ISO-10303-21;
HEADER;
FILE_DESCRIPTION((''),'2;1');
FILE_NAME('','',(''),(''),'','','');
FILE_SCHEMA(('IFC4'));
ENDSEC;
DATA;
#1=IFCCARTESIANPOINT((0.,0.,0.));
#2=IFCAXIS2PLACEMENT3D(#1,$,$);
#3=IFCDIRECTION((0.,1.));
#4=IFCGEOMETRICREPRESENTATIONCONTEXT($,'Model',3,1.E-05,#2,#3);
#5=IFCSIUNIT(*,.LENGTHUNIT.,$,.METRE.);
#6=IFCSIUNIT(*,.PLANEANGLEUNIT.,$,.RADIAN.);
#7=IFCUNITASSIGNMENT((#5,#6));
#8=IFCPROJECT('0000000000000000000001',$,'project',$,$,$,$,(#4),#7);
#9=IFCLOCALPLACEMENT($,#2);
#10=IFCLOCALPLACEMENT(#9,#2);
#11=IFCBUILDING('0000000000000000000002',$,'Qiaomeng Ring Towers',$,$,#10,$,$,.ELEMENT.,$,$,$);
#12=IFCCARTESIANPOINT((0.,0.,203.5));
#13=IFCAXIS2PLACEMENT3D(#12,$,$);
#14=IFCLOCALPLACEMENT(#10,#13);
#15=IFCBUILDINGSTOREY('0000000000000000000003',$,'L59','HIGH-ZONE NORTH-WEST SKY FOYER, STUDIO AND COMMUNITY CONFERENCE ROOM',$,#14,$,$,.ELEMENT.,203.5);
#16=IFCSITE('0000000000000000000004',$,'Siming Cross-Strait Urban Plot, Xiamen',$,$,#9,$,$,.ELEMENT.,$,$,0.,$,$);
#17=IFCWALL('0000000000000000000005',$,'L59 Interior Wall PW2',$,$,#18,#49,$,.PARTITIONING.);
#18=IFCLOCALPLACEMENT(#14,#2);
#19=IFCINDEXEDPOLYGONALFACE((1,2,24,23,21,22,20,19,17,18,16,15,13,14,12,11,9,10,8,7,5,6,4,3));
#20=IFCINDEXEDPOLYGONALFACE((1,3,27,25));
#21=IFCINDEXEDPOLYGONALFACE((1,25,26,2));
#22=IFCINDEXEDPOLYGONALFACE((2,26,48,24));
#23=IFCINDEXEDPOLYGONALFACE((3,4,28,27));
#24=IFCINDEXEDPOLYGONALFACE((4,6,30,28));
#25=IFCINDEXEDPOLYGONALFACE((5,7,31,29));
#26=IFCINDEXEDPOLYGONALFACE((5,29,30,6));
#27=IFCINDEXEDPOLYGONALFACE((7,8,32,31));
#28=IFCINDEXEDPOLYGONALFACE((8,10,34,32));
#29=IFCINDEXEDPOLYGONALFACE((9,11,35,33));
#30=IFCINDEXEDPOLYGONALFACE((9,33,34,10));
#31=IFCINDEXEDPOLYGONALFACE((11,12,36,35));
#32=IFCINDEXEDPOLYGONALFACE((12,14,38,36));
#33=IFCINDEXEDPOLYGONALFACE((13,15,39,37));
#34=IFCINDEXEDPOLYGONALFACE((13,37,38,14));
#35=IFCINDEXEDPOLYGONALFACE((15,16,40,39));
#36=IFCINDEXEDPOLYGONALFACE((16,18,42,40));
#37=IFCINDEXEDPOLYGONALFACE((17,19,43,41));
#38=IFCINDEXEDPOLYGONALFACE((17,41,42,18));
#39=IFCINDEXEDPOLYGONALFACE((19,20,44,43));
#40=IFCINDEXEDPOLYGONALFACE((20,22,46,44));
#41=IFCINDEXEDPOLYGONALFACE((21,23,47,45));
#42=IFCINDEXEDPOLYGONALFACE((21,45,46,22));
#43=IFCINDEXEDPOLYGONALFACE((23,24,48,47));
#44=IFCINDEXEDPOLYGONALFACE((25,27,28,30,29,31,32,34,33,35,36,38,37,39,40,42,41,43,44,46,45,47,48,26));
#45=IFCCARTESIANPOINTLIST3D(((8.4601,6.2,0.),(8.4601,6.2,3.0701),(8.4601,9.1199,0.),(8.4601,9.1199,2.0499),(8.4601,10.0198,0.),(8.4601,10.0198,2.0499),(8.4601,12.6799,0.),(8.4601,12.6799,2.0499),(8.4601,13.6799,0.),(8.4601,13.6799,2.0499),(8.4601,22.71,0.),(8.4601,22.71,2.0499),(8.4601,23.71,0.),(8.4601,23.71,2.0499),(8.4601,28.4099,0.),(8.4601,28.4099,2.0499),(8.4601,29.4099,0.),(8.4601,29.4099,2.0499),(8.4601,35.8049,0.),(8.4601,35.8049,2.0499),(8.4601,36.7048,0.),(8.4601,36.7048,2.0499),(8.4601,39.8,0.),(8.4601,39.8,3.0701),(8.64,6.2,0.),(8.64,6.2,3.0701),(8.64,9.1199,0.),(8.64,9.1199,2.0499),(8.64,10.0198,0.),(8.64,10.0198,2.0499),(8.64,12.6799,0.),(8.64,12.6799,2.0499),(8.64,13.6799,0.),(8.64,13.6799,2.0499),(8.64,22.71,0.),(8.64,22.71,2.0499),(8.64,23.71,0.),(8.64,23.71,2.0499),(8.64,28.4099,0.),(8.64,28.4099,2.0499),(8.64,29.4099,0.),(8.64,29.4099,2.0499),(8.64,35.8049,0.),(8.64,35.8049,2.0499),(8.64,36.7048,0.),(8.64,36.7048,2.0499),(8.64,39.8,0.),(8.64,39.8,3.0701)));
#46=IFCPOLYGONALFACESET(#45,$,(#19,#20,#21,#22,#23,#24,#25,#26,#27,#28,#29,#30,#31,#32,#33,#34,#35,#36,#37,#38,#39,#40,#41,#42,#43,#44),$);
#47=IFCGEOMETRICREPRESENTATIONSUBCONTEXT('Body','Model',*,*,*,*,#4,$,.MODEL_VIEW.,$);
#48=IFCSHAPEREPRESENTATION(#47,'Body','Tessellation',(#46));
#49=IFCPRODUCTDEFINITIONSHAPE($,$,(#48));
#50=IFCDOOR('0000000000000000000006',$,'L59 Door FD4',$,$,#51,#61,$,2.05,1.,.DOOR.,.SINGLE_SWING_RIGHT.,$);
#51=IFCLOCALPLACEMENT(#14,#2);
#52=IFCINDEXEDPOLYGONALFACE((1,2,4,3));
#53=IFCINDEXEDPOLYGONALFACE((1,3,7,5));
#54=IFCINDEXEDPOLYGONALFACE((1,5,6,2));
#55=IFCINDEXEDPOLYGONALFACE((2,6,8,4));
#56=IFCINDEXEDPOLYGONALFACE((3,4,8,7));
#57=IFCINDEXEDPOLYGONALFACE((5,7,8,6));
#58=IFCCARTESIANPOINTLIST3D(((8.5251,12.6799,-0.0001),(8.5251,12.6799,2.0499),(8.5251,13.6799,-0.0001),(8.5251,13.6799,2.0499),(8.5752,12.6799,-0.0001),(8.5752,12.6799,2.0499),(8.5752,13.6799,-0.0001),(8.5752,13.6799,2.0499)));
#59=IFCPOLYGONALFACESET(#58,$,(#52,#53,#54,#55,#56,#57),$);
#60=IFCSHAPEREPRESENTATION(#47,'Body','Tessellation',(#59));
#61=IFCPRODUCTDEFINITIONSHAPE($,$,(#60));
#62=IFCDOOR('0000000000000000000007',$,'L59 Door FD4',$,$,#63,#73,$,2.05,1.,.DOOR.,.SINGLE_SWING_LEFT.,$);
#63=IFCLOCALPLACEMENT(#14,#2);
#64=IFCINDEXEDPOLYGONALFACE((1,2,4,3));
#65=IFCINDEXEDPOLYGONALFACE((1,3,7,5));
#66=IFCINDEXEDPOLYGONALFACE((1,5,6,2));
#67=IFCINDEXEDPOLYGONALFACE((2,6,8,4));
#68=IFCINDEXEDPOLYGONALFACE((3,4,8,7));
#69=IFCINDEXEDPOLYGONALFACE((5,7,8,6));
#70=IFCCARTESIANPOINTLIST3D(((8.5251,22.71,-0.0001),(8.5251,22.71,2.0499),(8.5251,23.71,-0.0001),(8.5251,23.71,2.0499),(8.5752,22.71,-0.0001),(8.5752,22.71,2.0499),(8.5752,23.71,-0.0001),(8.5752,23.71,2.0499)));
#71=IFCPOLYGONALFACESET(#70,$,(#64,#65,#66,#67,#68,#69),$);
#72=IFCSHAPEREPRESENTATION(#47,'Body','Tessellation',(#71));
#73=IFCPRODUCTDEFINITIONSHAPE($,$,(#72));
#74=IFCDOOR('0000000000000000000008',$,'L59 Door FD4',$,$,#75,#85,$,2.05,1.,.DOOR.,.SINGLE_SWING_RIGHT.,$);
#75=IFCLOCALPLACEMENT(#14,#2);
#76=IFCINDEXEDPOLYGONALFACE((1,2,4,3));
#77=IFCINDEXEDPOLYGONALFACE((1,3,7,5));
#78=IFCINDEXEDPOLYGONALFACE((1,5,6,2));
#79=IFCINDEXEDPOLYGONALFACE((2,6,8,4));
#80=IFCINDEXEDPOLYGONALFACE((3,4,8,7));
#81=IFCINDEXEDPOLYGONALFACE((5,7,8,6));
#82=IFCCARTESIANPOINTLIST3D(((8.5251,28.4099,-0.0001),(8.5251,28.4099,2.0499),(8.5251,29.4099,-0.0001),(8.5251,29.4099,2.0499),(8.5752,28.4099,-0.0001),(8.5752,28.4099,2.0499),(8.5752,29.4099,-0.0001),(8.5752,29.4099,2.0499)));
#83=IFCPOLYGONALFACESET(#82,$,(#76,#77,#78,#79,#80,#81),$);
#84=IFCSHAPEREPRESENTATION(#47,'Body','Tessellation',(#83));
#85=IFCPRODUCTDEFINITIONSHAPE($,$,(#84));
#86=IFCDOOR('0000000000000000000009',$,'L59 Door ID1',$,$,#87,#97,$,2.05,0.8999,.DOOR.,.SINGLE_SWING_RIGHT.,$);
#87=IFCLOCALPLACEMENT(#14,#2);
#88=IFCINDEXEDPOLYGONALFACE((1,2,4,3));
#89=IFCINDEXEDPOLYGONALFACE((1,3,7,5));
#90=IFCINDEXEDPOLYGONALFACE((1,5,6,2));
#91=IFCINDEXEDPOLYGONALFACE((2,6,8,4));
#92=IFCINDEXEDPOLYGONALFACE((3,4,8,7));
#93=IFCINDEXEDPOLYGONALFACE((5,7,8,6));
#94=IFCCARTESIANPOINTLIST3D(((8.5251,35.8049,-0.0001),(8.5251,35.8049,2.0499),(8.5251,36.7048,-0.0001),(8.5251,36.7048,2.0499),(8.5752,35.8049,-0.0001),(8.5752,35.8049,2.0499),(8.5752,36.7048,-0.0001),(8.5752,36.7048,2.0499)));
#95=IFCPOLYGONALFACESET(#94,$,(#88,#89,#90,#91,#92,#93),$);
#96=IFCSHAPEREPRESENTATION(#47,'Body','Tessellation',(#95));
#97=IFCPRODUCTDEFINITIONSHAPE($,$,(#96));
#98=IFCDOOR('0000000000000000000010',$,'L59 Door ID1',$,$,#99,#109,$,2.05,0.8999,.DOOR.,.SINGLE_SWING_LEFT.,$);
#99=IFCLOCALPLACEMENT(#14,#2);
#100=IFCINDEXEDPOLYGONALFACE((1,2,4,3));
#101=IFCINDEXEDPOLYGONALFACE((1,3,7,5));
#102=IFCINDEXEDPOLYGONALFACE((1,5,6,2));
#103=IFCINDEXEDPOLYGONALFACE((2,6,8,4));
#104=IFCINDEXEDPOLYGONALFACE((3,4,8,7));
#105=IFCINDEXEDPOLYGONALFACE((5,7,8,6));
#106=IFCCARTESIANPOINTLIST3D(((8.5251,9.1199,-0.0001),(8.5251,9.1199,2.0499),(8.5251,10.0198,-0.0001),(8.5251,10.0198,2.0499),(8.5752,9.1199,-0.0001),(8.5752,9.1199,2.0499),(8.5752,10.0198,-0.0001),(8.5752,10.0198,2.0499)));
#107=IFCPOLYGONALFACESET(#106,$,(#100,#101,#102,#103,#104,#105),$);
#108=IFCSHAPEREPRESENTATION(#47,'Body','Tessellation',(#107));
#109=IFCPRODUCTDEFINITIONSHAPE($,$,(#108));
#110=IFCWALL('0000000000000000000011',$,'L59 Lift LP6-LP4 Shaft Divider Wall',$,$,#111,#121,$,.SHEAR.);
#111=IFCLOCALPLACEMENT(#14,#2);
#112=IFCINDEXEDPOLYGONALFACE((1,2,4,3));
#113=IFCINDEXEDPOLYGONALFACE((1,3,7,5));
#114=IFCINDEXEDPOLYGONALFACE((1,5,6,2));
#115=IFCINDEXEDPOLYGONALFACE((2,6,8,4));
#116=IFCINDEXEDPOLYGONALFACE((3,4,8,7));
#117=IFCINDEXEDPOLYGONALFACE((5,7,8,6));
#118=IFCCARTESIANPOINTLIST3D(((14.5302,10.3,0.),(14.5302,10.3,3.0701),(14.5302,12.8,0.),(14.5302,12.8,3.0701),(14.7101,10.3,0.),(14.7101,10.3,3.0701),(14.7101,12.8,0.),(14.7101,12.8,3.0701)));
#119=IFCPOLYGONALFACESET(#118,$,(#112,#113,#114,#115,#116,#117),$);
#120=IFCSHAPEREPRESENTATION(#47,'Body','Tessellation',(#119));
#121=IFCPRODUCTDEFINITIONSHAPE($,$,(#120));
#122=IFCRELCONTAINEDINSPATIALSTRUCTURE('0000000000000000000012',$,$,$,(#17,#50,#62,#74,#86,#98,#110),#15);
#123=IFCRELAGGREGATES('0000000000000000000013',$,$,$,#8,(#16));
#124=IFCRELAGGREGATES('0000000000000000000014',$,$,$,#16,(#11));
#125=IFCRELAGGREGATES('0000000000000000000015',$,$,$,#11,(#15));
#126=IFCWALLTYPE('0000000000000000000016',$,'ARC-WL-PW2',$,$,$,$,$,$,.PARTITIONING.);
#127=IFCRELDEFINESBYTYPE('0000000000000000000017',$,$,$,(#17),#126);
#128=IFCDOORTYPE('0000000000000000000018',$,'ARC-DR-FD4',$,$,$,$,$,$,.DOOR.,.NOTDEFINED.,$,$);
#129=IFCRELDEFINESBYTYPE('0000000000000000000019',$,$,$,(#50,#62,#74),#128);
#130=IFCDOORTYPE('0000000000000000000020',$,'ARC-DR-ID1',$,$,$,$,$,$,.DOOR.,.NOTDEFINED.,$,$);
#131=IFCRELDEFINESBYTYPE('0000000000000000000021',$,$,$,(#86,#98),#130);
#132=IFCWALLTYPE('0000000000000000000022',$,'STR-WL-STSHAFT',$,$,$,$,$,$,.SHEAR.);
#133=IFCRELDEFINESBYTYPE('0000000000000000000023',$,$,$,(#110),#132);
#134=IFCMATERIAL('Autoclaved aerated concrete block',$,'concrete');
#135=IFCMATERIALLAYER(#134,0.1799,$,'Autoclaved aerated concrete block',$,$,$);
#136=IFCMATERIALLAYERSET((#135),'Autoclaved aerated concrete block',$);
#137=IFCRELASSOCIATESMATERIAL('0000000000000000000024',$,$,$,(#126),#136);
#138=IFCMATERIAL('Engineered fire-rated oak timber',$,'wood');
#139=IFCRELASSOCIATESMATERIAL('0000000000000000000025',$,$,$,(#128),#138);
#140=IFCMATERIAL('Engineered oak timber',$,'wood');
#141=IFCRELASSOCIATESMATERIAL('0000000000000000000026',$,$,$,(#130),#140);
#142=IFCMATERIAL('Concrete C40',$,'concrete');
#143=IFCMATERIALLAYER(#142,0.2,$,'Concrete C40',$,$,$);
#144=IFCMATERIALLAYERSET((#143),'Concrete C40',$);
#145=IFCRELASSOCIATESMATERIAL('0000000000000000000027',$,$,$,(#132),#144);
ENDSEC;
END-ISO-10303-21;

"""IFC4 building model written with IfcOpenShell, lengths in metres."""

from ifc_helpers import new_model, si_unit, direction, frame, frame_2d, origin, place, context, subcontext, project, spatial, rectangle, extrude, source, transform, mapped, material, layer, layer_set, type_object, element, fill, save


model = new_model("IFC4")

# Units and contexts
model_context = context("Model", 3, precision=1e-05, world=origin(), true_north=direction((0.0, 1.0)))
body_context = subcontext(model_context, "Body", "Model", "MODEL_VIEW")
ifc_project = project(units=[si_unit("LENGTHUNIT", "METRE"), si_unit("PLANEANGLEUNIT", "RADIAN")], contexts=[model_context])

# Site, building, storey
site_placement = place(None, origin())
site = spatial("IfcSite", under=ifc_project, at=site_placement, Name="Siming Cross-Strait Urban Plot, Xiamen", CompositionType="ELEMENT", RefElevation=0.0)
building_placement = place(site_placement, origin())
building = spatial("IfcBuilding", under=site, at=building_placement, Name="Qiaomeng Ring Towers", CompositionType="ELEMENT")
storey_placement = place(building_placement, frame((0.0, 0.0, 203.5)))
storey = spatial("IfcBuildingStorey", under=building, at=storey_placement, Name="L59", Description="HIGH-ZONE NORTH-WEST SKY FOYER, STUDIO AND COMMUNITY CONFERENCE ROOM", CompositionType="ELEMENT", Elevation=203.5)

# Shared definitions
ifc_material_1 = material(Name="Autoclaved aerated concrete block", Category="concrete")

# Wall, openings, doors
ifc_layer_1 = layer(ifc_material_1, 0.1799, Name="Autoclaved aerated concrete block")
ifc_layer_set_1 = layer_set([ifc_layer_1], Name="Autoclaved aerated concrete block")
wall_type_1 = type_object("IfcWallType", Name="ARC-WL-PW2", PredefinedType="PARTITIONING", material=ifc_layer_set_1)
wall_1_placement = place(storey_placement, frame((8.55, 6.2, 0.0), z_axis=(0.0, 0.0, 1.0), x_axis=(0.0, 1.0, 0.0)))
wall_1 = element("IfcWall", 1, at=wall_1_placement, inside=storey, type_object=wall_type_1, Name="L59 Interior Wall PW2", PredefinedType="PARTITIONING", context=body_context, shape_type="SweptSolid", body=[
    extrude(rectangle(XDim=33.6001, YDim=0.1799, at=frame_2d((16.8, 0.0))), origin(), (0.0, 0.0, 1.0), 3.0701),
])
opening_1_placement = place(wall_1_placement, frame((29.605, 0.0, 0.0)))
opening_1 = element("IfcOpeningElement", 2, at=opening_1_placement, cuts=wall_1, PredefinedType="OPENING", context=body_context, shape_type="SweptSolid", body=[
    extrude(rectangle(XDim=0.8999, YDim=2.05, at=frame_2d((0.45, 1.0249))), frame((0.0, 0.0999, 0.0), z_axis=(0.0, -1.0, 0.0), x_axis=(1.0, 0.0, 0.0)), (0.0, 0.0, 1.0), 0.2),
])
opening_2_placement = place(wall_1_placement, frame((2.9199, 0.0, 0.0)))
opening_2 = element("IfcOpeningElement", 3, at=opening_2_placement, cuts=wall_1, PredefinedType="OPENING", context=body_context, shape_type="SweptSolid", body=[
    extrude(rectangle(XDim=0.8999, YDim=2.05, at=frame_2d((0.45, 1.0249))), frame((0.0, 0.0999, 0.0), z_axis=(0.0, -1.0, 0.0), x_axis=(1.0, 0.0, 0.0)), (0.0, 0.0, 1.0), 0.2),
])
opening_3_placement = place(wall_1_placement, frame((6.48, 0.0, 0.0)))
opening_3 = element("IfcOpeningElement", 4, at=opening_3_placement, cuts=wall_1, PredefinedType="OPENING", context=body_context, shape_type="SweptSolid", body=[
    extrude(rectangle(XDim=1.0, YDim=2.05, at=frame_2d((0.5, 1.0249))), frame((0.0, 0.0999, 0.0), z_axis=(0.0, -1.0, 0.0), x_axis=(1.0, 0.0, 0.0)), (0.0, 0.0, 1.0), 0.2),
])
opening_4_placement = place(wall_1_placement, frame((16.51, 0.0, 0.0)))
opening_4 = element("IfcOpeningElement", 5, at=opening_4_placement, cuts=wall_1, PredefinedType="OPENING", context=body_context, shape_type="SweptSolid", body=[
    extrude(rectangle(XDim=1.0, YDim=2.05, at=frame_2d((0.5, 1.0249))), frame((0.0, 0.0999, 0.0), z_axis=(0.0, -1.0, 0.0), x_axis=(1.0, 0.0, 0.0)), (0.0, 0.0, 1.0), 0.2),
])
opening_5_placement = place(wall_1_placement, frame((22.21, 0.0, 0.0)))
opening_5 = element("IfcOpeningElement", 6, at=opening_5_placement, cuts=wall_1, PredefinedType="OPENING", context=body_context, shape_type="SweptSolid", body=[
    extrude(rectangle(XDim=1.0, YDim=2.05, at=frame_2d((0.5, 1.0249))), frame((0.0, 0.0999, 0.0), z_axis=(0.0, -1.0, 0.0), x_axis=(1.0, 0.0, 0.0)), (0.0, 0.0, 1.0), 0.2),
])
ifc_material_2 = material(Name="Engineered fire-rated oak timber", Category="wood")
door_type_1 = type_object("IfcDoorType", Name="ARC-DR-FD4", OperationType="NOTDEFINED", PredefinedType="DOOR", material=ifc_material_2)
shared_shape_1 = source(origin(), body_context, "Body", "SweptSolid", [
    extrude(rectangle(XDim=1.0, YDim=2.05, at=frame_2d((0.5, 1.0249))), frame((0.0, 0.0249, 0.0), z_axis=(0.0, -1.0, 0.0), x_axis=(1.0, 0.0, 0.0)), (0.0, 0.0, 1.0), 0.05),
])
door_1_placement = place(opening_3_placement, origin())
door_1 = element("IfcDoor", 7, at=door_1_placement, inside=storey, type_object=door_type_1, Name="L59 Door FD4", OperationType="SINGLE_SWING_RIGHT", OverallHeight=2.05, OverallWidth=1.0, PredefinedType="DOOR", context=body_context, shape_type="MappedRepresentation", body=[
    mapped(shared_shape_1, transform((0.0, 0.0, 0.0), x_axis=(1.0, 0.0, 0.0), y_axis=(0.0, 1.0, 0.0), z_axis=(0.0, 0.0, 1.0), scale=1.0)),
])
fill(opening_3, door_1)
door_2_placement = place(opening_4_placement, origin())
door_2 = element("IfcDoor", 8, at=door_2_placement, inside=storey, type_object=door_type_1, Name="L59 Door FD4", OperationType="SINGLE_SWING_LEFT", OverallHeight=2.05, OverallWidth=1.0, PredefinedType="DOOR", context=body_context, shape_type="MappedRepresentation", body=[
    mapped(shared_shape_1, transform((0.0, 0.0, 0.0), x_axis=(1.0, 0.0, 0.0), y_axis=(0.0, 1.0, 0.0), z_axis=(0.0, 0.0, 1.0), scale=1.0)),
])
fill(opening_4, door_2)
door_3_placement = place(opening_5_placement, origin())
door_3 = element("IfcDoor", 9, at=door_3_placement, inside=storey, type_object=door_type_1, Name="L59 Door FD4", OperationType="SINGLE_SWING_RIGHT", OverallHeight=2.05, OverallWidth=1.0, PredefinedType="DOOR", context=body_context, shape_type="MappedRepresentation", body=[
    mapped(shared_shape_1, transform((0.0, 0.0, 0.0), x_axis=(1.0, 0.0, 0.0), y_axis=(0.0, 1.0, 0.0), z_axis=(0.0, 0.0, 1.0), scale=1.0)),
])
fill(opening_5, door_3)
ifc_material_3 = material(Name="Engineered oak timber", Category="wood")
door_type_2 = type_object("IfcDoorType", Name="ARC-DR-ID1", OperationType="NOTDEFINED", PredefinedType="DOOR", material=ifc_material_3)
shared_shape_2 = source(origin(), body_context, "Body", "SweptSolid", [
    extrude(rectangle(XDim=0.8999, YDim=2.05, at=frame_2d((0.45, 1.0249))), frame((0.0, 0.0249, 0.0), z_axis=(0.0, -1.0, 0.0), x_axis=(1.0, 0.0, 0.0)), (0.0, 0.0, 1.0), 0.05),
])
door_4_placement = place(opening_1_placement, origin())
door_4 = element("IfcDoor", 10, at=door_4_placement, inside=storey, type_object=door_type_2, Name="L59 Door ID1", OperationType="SINGLE_SWING_RIGHT", OverallHeight=2.05, OverallWidth=0.8999, PredefinedType="DOOR", context=body_context, shape_type="MappedRepresentation", body=[
    mapped(shared_shape_2, transform((0.0, 0.0, 0.0), x_axis=(1.0, 0.0, 0.0), y_axis=(0.0, 1.0, 0.0), z_axis=(0.0, 0.0, 1.0), scale=1.0)),
])
fill(opening_1, door_4)
door_5_placement = place(opening_2_placement, origin())
door_5 = element("IfcDoor", 11, at=door_5_placement, inside=storey, type_object=door_type_2, Name="L59 Door ID1", OperationType="SINGLE_SWING_LEFT", OverallHeight=2.05, OverallWidth=0.8999, PredefinedType="DOOR", context=body_context, shape_type="MappedRepresentation", body=[
    mapped(shared_shape_2, transform((0.0, 0.0, 0.0), x_axis=(1.0, 0.0, 0.0), y_axis=(0.0, 1.0, 0.0), z_axis=(0.0, 0.0, 1.0), scale=1.0)),
])
fill(opening_2, door_5)

# Wall
ifc_material_4 = material(Name="Concrete C40", Category="concrete")
ifc_layer_2 = layer(ifc_material_4, 0.2, Name="Concrete C40")
ifc_layer_set_2 = layer_set([ifc_layer_2], Name="Concrete C40")
wall_type_2 = type_object("IfcWallType", Name="STR-WL-STSHAFT", PredefinedType="SHEAR", material=ifc_layer_set_2)
wall_2_placement = place(storey_placement, frame((14.6201, 10.3, 0.0), z_axis=(0.0, 0.0, 1.0), x_axis=(0.0, 1.0, 0.0)))
element("IfcWall", 12, at=wall_2_placement, inside=storey, type_object=wall_type_2, Name="L59 Lift LP6-LP4 Shaft Divider Wall", PredefinedType="SHEAR", context=body_context, shape_type="SweptSolid", body=[
    extrude(rectangle(XDim=2.5, YDim=0.1799, at=frame_2d((1.25, 0.0))), origin(), (0.0, 0.0, 1.0), 3.0701),
])

save(model, "model.ifc")
